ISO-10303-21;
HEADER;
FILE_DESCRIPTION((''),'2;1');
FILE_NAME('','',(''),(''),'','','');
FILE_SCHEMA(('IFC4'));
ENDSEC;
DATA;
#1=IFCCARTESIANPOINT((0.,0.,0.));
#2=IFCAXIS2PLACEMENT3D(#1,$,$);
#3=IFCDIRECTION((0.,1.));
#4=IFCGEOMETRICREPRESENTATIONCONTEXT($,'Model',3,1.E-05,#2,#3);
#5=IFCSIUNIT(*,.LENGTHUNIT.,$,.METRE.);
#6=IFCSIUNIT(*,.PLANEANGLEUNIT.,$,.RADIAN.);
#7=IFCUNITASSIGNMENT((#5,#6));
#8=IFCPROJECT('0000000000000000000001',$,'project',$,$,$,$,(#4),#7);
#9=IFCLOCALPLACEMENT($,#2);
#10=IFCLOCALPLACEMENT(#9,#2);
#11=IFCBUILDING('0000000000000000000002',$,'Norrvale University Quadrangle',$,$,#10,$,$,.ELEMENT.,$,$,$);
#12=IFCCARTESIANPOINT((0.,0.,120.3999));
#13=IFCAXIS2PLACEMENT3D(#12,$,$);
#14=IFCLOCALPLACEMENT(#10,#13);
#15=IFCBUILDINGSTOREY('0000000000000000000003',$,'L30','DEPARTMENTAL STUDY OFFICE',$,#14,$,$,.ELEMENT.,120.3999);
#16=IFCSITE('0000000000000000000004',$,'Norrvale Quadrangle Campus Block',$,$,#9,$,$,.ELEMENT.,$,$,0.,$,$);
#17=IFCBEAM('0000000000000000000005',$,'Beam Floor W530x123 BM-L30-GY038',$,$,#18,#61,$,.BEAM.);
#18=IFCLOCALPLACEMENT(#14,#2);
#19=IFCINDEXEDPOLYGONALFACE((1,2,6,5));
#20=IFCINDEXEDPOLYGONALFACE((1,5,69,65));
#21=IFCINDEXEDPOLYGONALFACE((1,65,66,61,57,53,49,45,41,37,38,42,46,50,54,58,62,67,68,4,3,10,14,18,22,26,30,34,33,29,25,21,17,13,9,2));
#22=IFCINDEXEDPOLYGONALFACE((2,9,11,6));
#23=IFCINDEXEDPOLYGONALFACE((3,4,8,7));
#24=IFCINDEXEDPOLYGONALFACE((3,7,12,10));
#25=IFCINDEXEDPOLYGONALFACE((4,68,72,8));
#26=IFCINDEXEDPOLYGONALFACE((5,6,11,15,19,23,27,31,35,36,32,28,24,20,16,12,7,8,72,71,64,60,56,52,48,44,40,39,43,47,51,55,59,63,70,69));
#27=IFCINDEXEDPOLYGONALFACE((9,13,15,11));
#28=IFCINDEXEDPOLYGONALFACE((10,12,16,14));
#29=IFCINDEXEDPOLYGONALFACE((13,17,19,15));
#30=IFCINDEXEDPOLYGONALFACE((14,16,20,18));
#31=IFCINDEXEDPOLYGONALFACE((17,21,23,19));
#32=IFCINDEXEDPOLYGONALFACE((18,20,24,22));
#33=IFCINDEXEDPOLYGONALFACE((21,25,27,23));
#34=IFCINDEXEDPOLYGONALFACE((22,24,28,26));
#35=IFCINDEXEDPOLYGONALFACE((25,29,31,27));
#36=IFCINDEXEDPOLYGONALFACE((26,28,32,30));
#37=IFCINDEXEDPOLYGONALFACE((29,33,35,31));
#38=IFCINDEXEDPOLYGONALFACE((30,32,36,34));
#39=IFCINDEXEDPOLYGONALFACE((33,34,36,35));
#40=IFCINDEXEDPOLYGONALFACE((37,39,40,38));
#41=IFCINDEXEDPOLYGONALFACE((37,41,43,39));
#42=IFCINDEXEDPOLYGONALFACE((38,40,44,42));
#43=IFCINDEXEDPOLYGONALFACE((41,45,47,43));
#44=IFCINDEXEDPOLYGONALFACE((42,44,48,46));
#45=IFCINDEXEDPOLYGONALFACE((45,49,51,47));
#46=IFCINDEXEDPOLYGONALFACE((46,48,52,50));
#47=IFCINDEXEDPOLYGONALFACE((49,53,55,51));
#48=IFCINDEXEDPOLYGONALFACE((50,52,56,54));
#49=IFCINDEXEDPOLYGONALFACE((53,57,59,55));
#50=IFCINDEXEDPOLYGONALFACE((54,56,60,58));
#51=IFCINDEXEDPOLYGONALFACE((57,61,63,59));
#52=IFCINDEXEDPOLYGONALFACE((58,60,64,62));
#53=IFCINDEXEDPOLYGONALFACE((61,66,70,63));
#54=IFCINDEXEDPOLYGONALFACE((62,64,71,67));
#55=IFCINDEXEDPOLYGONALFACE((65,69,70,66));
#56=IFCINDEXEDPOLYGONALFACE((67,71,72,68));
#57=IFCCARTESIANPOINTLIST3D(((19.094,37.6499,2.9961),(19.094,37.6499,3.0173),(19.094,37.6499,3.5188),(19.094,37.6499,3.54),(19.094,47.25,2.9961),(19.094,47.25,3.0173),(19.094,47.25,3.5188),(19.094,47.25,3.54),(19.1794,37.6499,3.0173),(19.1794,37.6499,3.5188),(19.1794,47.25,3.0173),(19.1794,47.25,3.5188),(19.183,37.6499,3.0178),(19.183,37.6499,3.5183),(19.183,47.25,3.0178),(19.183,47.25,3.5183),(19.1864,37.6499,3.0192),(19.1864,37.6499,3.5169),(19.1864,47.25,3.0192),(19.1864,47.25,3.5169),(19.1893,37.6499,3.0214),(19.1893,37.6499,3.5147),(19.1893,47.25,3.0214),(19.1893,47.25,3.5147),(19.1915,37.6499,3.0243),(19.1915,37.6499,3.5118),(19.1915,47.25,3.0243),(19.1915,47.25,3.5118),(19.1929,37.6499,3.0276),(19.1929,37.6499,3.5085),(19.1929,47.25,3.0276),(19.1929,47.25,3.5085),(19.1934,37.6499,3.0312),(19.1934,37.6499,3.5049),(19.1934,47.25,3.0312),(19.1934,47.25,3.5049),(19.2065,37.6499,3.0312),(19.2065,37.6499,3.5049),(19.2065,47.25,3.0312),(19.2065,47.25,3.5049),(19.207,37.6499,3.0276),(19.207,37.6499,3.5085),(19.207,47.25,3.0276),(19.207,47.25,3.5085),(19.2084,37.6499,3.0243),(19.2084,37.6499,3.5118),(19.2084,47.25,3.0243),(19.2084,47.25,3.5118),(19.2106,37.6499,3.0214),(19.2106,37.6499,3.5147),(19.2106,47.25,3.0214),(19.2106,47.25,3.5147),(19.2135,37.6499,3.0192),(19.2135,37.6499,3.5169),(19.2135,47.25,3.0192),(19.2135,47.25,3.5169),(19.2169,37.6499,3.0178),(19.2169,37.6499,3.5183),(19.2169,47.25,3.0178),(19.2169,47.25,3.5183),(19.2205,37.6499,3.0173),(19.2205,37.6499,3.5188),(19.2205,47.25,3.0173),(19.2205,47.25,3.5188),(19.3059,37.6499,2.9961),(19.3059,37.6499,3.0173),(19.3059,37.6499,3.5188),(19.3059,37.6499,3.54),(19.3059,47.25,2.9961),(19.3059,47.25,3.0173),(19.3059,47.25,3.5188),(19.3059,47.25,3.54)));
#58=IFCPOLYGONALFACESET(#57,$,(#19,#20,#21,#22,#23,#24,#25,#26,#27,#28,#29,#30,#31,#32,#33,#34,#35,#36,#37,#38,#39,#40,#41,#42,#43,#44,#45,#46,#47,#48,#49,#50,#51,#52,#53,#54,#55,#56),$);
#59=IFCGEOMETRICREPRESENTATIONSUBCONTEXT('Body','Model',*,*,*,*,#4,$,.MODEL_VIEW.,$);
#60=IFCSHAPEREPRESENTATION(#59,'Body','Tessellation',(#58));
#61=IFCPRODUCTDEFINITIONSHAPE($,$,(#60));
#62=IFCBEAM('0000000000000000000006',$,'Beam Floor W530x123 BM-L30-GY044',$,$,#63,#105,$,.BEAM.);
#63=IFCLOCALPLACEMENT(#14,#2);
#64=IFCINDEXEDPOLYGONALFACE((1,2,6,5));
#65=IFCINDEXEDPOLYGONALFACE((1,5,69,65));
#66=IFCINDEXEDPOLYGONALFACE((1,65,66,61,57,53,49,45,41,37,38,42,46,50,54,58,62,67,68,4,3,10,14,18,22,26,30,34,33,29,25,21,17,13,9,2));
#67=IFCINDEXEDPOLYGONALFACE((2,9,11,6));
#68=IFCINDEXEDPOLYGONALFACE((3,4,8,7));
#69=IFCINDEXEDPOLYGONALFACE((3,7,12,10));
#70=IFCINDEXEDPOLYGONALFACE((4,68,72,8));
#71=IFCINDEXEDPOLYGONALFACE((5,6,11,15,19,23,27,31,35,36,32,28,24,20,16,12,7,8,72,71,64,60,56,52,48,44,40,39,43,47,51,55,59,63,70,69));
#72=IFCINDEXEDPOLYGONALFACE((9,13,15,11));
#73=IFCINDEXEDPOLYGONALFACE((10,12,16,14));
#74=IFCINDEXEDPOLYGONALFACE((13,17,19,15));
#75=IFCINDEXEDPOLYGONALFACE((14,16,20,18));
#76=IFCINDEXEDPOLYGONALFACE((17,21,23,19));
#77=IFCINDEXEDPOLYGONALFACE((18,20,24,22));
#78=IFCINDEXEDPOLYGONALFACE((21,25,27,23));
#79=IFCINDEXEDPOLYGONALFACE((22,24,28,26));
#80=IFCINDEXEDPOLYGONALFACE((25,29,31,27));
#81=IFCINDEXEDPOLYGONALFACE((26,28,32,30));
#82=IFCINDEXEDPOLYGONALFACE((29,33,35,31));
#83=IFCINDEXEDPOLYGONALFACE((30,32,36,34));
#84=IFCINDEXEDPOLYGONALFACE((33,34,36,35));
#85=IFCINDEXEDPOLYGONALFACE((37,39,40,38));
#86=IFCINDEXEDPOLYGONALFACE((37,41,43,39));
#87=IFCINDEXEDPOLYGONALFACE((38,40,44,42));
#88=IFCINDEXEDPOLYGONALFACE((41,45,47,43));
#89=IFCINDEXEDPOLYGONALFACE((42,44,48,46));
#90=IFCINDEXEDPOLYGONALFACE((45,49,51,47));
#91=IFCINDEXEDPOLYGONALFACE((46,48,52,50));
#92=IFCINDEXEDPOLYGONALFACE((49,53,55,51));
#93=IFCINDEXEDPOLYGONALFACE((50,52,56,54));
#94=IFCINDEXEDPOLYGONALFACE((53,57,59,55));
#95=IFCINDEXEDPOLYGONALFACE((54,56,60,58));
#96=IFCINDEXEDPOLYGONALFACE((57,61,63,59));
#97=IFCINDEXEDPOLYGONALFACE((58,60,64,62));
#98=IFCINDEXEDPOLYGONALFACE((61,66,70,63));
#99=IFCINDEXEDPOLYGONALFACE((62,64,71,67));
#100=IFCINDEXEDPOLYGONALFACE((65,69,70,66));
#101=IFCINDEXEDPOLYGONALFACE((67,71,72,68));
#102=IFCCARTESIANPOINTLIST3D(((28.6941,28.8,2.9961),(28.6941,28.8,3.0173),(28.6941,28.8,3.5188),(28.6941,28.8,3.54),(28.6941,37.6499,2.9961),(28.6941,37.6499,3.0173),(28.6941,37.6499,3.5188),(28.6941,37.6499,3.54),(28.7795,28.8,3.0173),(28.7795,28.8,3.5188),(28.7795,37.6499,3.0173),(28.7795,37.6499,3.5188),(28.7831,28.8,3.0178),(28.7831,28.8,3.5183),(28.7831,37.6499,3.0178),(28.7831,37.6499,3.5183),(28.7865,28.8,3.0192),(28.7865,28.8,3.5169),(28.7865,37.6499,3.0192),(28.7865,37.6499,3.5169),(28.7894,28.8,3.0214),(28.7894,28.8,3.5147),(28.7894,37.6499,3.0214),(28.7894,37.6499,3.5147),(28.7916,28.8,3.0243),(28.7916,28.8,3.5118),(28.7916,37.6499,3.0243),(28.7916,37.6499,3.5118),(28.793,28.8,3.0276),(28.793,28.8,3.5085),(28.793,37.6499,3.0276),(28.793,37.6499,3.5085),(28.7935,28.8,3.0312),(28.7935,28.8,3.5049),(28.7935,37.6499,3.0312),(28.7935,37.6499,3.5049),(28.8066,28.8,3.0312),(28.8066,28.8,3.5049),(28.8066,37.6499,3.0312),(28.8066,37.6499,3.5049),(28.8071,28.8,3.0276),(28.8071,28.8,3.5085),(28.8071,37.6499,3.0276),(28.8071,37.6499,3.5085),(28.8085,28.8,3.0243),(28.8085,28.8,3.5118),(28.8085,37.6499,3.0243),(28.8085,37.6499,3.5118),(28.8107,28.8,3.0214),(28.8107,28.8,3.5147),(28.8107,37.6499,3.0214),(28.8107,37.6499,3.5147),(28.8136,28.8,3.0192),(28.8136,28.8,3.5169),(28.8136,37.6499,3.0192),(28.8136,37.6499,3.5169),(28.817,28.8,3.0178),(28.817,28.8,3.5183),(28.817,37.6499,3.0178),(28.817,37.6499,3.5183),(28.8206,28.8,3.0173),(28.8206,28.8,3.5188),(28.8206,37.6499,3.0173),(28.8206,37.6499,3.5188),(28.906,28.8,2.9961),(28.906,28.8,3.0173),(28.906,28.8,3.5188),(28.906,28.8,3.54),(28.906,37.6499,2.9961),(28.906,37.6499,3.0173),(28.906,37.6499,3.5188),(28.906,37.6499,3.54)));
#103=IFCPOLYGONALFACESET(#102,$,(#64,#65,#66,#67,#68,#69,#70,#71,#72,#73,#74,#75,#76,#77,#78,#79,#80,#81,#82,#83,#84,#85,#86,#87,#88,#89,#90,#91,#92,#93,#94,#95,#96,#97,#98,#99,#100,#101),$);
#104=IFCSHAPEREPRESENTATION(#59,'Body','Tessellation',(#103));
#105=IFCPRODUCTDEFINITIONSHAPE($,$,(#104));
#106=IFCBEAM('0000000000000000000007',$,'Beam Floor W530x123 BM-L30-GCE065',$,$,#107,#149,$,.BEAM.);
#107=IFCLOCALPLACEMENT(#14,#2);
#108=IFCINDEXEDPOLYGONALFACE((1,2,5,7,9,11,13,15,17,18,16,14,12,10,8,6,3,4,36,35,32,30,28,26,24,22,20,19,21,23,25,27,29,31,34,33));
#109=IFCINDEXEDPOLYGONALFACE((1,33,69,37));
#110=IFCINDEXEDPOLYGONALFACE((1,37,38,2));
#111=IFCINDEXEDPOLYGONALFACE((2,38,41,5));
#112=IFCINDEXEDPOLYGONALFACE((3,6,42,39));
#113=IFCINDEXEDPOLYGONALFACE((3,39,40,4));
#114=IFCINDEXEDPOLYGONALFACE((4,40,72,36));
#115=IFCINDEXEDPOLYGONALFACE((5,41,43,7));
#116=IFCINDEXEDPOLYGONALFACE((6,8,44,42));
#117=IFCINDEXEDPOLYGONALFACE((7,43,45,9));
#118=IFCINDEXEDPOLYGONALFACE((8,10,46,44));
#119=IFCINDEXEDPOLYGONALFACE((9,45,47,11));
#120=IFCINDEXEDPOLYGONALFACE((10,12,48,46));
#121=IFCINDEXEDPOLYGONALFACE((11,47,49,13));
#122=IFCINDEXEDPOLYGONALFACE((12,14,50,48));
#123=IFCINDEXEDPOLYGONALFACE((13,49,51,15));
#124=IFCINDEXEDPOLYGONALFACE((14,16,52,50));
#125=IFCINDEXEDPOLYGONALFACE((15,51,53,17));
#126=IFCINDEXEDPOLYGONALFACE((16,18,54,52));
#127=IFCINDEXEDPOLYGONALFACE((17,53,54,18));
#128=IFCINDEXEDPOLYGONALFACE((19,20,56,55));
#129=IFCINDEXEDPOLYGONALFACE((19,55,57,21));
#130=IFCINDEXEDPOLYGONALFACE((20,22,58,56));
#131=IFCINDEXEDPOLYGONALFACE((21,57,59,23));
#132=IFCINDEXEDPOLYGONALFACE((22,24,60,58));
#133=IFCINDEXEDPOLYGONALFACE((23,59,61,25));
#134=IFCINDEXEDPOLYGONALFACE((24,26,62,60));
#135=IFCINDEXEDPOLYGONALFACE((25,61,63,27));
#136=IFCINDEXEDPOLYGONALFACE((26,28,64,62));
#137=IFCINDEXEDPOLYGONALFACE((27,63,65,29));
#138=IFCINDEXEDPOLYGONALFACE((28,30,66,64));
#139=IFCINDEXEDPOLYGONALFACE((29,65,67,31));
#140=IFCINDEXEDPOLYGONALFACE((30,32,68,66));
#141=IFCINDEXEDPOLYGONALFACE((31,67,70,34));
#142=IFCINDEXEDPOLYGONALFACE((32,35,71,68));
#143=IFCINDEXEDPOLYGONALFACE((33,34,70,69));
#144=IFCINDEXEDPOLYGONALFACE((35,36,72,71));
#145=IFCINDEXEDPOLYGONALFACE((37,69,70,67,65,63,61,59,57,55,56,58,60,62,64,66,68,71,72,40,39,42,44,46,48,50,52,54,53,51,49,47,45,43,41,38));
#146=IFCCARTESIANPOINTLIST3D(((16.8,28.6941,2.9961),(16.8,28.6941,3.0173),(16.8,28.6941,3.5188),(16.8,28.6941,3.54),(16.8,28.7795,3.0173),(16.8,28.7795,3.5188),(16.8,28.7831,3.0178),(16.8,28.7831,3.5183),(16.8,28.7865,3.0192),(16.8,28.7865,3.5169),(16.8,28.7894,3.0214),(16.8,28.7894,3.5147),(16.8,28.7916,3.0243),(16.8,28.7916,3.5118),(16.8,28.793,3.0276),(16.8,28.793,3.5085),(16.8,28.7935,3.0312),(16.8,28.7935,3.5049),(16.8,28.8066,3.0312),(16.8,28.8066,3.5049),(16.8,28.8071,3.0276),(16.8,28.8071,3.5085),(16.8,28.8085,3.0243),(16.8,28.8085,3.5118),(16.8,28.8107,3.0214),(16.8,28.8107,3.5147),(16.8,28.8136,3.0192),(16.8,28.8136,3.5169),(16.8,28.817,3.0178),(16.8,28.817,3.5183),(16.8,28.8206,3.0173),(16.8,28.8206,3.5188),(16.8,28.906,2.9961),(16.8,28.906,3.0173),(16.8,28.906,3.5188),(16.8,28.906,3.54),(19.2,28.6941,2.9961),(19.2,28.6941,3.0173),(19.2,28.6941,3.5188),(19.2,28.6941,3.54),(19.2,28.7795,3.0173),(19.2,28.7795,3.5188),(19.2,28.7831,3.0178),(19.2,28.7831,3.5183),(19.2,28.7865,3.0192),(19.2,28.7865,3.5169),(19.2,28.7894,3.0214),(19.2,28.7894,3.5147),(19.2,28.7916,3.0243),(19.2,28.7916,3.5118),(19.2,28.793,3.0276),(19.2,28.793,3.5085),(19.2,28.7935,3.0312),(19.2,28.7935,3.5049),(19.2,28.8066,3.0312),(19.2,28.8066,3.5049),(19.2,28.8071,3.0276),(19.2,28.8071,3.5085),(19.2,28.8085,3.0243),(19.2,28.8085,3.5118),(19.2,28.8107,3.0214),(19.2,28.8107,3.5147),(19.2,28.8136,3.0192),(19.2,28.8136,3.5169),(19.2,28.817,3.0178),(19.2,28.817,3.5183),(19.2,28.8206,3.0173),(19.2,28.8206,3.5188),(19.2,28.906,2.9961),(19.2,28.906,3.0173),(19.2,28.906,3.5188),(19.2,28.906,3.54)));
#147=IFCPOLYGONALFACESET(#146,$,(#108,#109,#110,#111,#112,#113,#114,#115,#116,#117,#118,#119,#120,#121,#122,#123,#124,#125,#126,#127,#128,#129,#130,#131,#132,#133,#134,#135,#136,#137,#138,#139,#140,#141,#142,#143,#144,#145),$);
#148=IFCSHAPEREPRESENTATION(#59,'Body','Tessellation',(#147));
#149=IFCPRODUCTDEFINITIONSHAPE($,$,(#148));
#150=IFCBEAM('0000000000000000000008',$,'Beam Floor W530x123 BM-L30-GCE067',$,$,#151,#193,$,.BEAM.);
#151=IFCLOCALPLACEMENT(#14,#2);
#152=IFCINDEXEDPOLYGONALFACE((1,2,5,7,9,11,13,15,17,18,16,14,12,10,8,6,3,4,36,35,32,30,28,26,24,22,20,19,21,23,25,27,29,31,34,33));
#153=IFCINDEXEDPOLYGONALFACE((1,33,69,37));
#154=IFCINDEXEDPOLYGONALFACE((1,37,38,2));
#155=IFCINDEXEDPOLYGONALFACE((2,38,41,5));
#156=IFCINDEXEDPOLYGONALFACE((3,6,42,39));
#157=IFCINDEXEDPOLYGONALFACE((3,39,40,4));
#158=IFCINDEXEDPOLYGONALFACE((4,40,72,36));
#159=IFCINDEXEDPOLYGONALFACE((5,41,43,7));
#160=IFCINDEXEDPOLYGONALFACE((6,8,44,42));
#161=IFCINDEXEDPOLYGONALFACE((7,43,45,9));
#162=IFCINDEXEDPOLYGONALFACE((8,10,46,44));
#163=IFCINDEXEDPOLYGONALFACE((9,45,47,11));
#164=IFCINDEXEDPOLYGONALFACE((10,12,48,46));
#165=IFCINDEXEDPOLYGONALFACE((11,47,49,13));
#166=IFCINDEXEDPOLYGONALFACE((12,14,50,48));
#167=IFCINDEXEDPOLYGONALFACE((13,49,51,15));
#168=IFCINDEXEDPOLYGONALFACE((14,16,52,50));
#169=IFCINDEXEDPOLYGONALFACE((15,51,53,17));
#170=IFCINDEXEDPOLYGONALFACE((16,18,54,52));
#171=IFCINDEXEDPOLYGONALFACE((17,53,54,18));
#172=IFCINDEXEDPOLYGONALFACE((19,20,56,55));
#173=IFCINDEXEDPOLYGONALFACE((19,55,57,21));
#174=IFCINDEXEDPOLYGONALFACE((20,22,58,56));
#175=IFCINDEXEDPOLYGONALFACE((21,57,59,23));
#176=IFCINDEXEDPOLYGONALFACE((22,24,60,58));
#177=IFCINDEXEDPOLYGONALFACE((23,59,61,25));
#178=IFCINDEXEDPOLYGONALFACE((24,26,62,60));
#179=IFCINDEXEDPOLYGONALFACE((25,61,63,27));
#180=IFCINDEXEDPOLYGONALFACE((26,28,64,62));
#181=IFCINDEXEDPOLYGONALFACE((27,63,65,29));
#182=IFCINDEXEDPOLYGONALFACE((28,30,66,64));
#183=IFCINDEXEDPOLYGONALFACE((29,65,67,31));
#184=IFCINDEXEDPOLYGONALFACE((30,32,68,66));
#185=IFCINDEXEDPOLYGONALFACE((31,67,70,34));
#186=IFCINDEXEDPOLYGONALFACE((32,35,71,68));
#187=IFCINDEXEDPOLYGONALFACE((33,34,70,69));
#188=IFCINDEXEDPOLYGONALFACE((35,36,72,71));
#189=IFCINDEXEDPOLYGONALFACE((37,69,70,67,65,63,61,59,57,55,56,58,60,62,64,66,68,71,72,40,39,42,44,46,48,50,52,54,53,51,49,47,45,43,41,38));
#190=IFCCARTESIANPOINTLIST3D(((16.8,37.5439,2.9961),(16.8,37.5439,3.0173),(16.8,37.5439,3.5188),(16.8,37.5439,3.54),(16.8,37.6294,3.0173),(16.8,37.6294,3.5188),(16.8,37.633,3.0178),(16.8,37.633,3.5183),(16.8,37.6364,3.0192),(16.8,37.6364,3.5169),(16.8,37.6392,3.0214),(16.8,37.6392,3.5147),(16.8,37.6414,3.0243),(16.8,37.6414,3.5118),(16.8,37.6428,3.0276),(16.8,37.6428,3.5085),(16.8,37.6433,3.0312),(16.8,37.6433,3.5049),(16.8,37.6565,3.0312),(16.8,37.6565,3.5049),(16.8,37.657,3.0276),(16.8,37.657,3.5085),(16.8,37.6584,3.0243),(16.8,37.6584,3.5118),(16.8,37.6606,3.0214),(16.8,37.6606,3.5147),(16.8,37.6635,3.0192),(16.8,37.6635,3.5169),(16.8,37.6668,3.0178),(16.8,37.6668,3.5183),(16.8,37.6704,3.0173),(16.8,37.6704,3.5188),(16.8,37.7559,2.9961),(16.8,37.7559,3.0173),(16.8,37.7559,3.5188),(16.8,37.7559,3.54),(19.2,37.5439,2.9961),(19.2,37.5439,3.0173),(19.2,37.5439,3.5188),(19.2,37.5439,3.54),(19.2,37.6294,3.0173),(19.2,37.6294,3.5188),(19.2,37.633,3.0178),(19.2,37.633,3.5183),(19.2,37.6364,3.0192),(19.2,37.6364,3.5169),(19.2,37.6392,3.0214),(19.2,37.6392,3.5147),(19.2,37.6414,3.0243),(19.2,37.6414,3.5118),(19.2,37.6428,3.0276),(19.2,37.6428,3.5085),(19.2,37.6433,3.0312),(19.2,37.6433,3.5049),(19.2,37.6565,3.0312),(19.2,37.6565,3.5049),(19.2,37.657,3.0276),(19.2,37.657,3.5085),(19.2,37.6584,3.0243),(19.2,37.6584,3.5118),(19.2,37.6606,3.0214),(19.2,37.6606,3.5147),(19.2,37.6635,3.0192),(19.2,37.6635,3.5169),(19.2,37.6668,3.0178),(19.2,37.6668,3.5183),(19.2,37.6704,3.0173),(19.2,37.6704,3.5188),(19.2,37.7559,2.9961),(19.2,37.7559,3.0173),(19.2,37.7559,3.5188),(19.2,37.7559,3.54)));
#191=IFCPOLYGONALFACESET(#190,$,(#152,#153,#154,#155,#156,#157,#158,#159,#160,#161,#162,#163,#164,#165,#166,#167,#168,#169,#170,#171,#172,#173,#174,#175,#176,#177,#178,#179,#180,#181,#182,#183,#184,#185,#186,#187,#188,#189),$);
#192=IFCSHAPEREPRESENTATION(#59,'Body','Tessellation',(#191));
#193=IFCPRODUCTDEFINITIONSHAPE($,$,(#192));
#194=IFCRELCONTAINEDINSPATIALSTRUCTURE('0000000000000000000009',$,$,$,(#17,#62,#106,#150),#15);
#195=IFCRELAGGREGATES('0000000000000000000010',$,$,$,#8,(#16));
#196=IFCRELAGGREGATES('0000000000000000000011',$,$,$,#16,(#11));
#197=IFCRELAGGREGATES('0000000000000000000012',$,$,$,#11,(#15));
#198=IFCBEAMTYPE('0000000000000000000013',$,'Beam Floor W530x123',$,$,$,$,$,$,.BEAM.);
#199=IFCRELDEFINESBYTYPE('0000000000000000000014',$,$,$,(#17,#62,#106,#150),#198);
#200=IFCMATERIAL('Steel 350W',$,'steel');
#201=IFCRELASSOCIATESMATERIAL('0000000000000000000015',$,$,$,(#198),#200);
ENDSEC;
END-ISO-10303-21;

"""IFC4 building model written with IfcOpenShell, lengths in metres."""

from ifc_helpers import new_model, si_unit, direction, frame, origin, origin_2d, place, context, subcontext, project, spatial, i_section, extrude, material, material_profile, profile_set, type_object, element, save


model = new_model("IFC4")

# Units and contexts
model_context = context("Model", 3, precision=1e-05, world=origin(), true_north=direction((0.0, 1.0)))
body_context = subcontext(model_context, "Body", "Model", "MODEL_VIEW")
ifc_project = project(units=[si_unit("LENGTHUNIT", "METRE"), si_unit("PLANEANGLEUNIT", "RADIAN")], contexts=[model_context])

# Site, building, storey
site_placement = place(None, origin())
site = spatial("IfcSite", under=ifc_project, at=site_placement, Name="Norrvale Quadrangle Campus Block", CompositionType="ELEMENT", RefElevation=0.0)
building_placement = place(site_placement, origin())
building = spatial("IfcBuilding", under=site, at=building_placement, Name="Norrvale University Quadrangle", CompositionType="ELEMENT")
storey_placement = place(building_placement, frame((0.0, 0.0, 120.3999)))
storey = spatial("IfcBuildingStorey", under=building, at=storey_placement, Name="L30", Description="DEPARTMENTAL STUDY OFFICE", CompositionType="ELEMENT", Elevation=120.3999)

# Beams
ifc_material_1 = material(Name="Steel 350W", Category="steel")
ifc_material_profile_1 = material_profile(ifc_material_1, i_section(OverallWidth=0.2119, OverallDepth=0.5439, WebThickness=0.0132, FlangeThickness=0.0212, FilletRadius=0.0139, at=origin_2d()), Name="Steel 350W")
ifc_profile_set_1 = profile_set([ifc_material_profile_1], Name="Steel 350W")
beam_type_1 = type_object("IfcBeamType", Name="Beam Floor W530x123", PredefinedType="BEAM", material=ifc_profile_set_1)
beam_1_placement = place(storey_placement, frame((19.2, 37.6499, 3.2681), z_axis=(0.0, 1.0, 0.0), x_axis=(-1.0, 0.0, 0.0)))
element("IfcBeam", 1, at=beam_1_placement, inside=storey, type_object=beam_type_1, Name="Beam Floor W530x123 BM-L30-GY038", PredefinedType="BEAM", context=body_context, shape_type="SweptSolid", body=[
    extrude(i_section(OverallWidth=0.2119, OverallDepth=0.5439, WebThickness=0.0132, FlangeThickness=0.0212, FilletRadius=0.0139, at=origin_2d()), origin(), (0.0, 0.0, 1.0), 9.6001),
])
beam_2_placement = place(storey_placement, frame((28.8, 28.8, 3.2681), z_axis=(0.0, 1.0, 0.0), x_axis=(-1.0, 0.0, 0.0)))
element("IfcBeam", 2, at=beam_2_placement, inside=storey, type_object=beam_type_1, Name="Beam Floor W530x123 BM-L30-GY044", PredefinedType="BEAM", context=body_context, shape_type="SweptSolid", body=[
    extrude(i_section(OverallWidth=0.2119, OverallDepth=0.5439, WebThickness=0.0132, FlangeThickness=0.0212, FilletRadius=0.0139, at=origin_2d()), origin(), (0.0, 0.0, 1.0), 8.8499),
])
for number, where, z_axis, x_axis, name in (
    (3, (16.8, 28.8, 3.2681), (1.0, 0.0, 0.0), (0.0, 1.0, 0.0), "Beam Floor W530x123 BM-L30-GCE065"),
    (4, (16.8, 37.6499, 3.2681), (1.0, 0.0, 0.0), (0.0, 1.0, 0.0), "Beam Floor W530x123 BM-L30-GCE067"),
):
    element("IfcBeam", number, at=place(storey_placement, frame(where, z_axis=z_axis, x_axis=x_axis)), inside=storey, type_object=beam_type_1, Name=name, PredefinedType="BEAM", context=body_context, shape_type="SweptSolid", body=[
        extrude(i_section(OverallWidth=0.2119, OverallDepth=0.5439, WebThickness=0.0132, FlangeThickness=0.0212, FilletRadius=0.0139, at=origin_2d()), origin(), (0.0, 0.0, 1.0), 2.3999),
    ])

save(model, "model.ifc")
